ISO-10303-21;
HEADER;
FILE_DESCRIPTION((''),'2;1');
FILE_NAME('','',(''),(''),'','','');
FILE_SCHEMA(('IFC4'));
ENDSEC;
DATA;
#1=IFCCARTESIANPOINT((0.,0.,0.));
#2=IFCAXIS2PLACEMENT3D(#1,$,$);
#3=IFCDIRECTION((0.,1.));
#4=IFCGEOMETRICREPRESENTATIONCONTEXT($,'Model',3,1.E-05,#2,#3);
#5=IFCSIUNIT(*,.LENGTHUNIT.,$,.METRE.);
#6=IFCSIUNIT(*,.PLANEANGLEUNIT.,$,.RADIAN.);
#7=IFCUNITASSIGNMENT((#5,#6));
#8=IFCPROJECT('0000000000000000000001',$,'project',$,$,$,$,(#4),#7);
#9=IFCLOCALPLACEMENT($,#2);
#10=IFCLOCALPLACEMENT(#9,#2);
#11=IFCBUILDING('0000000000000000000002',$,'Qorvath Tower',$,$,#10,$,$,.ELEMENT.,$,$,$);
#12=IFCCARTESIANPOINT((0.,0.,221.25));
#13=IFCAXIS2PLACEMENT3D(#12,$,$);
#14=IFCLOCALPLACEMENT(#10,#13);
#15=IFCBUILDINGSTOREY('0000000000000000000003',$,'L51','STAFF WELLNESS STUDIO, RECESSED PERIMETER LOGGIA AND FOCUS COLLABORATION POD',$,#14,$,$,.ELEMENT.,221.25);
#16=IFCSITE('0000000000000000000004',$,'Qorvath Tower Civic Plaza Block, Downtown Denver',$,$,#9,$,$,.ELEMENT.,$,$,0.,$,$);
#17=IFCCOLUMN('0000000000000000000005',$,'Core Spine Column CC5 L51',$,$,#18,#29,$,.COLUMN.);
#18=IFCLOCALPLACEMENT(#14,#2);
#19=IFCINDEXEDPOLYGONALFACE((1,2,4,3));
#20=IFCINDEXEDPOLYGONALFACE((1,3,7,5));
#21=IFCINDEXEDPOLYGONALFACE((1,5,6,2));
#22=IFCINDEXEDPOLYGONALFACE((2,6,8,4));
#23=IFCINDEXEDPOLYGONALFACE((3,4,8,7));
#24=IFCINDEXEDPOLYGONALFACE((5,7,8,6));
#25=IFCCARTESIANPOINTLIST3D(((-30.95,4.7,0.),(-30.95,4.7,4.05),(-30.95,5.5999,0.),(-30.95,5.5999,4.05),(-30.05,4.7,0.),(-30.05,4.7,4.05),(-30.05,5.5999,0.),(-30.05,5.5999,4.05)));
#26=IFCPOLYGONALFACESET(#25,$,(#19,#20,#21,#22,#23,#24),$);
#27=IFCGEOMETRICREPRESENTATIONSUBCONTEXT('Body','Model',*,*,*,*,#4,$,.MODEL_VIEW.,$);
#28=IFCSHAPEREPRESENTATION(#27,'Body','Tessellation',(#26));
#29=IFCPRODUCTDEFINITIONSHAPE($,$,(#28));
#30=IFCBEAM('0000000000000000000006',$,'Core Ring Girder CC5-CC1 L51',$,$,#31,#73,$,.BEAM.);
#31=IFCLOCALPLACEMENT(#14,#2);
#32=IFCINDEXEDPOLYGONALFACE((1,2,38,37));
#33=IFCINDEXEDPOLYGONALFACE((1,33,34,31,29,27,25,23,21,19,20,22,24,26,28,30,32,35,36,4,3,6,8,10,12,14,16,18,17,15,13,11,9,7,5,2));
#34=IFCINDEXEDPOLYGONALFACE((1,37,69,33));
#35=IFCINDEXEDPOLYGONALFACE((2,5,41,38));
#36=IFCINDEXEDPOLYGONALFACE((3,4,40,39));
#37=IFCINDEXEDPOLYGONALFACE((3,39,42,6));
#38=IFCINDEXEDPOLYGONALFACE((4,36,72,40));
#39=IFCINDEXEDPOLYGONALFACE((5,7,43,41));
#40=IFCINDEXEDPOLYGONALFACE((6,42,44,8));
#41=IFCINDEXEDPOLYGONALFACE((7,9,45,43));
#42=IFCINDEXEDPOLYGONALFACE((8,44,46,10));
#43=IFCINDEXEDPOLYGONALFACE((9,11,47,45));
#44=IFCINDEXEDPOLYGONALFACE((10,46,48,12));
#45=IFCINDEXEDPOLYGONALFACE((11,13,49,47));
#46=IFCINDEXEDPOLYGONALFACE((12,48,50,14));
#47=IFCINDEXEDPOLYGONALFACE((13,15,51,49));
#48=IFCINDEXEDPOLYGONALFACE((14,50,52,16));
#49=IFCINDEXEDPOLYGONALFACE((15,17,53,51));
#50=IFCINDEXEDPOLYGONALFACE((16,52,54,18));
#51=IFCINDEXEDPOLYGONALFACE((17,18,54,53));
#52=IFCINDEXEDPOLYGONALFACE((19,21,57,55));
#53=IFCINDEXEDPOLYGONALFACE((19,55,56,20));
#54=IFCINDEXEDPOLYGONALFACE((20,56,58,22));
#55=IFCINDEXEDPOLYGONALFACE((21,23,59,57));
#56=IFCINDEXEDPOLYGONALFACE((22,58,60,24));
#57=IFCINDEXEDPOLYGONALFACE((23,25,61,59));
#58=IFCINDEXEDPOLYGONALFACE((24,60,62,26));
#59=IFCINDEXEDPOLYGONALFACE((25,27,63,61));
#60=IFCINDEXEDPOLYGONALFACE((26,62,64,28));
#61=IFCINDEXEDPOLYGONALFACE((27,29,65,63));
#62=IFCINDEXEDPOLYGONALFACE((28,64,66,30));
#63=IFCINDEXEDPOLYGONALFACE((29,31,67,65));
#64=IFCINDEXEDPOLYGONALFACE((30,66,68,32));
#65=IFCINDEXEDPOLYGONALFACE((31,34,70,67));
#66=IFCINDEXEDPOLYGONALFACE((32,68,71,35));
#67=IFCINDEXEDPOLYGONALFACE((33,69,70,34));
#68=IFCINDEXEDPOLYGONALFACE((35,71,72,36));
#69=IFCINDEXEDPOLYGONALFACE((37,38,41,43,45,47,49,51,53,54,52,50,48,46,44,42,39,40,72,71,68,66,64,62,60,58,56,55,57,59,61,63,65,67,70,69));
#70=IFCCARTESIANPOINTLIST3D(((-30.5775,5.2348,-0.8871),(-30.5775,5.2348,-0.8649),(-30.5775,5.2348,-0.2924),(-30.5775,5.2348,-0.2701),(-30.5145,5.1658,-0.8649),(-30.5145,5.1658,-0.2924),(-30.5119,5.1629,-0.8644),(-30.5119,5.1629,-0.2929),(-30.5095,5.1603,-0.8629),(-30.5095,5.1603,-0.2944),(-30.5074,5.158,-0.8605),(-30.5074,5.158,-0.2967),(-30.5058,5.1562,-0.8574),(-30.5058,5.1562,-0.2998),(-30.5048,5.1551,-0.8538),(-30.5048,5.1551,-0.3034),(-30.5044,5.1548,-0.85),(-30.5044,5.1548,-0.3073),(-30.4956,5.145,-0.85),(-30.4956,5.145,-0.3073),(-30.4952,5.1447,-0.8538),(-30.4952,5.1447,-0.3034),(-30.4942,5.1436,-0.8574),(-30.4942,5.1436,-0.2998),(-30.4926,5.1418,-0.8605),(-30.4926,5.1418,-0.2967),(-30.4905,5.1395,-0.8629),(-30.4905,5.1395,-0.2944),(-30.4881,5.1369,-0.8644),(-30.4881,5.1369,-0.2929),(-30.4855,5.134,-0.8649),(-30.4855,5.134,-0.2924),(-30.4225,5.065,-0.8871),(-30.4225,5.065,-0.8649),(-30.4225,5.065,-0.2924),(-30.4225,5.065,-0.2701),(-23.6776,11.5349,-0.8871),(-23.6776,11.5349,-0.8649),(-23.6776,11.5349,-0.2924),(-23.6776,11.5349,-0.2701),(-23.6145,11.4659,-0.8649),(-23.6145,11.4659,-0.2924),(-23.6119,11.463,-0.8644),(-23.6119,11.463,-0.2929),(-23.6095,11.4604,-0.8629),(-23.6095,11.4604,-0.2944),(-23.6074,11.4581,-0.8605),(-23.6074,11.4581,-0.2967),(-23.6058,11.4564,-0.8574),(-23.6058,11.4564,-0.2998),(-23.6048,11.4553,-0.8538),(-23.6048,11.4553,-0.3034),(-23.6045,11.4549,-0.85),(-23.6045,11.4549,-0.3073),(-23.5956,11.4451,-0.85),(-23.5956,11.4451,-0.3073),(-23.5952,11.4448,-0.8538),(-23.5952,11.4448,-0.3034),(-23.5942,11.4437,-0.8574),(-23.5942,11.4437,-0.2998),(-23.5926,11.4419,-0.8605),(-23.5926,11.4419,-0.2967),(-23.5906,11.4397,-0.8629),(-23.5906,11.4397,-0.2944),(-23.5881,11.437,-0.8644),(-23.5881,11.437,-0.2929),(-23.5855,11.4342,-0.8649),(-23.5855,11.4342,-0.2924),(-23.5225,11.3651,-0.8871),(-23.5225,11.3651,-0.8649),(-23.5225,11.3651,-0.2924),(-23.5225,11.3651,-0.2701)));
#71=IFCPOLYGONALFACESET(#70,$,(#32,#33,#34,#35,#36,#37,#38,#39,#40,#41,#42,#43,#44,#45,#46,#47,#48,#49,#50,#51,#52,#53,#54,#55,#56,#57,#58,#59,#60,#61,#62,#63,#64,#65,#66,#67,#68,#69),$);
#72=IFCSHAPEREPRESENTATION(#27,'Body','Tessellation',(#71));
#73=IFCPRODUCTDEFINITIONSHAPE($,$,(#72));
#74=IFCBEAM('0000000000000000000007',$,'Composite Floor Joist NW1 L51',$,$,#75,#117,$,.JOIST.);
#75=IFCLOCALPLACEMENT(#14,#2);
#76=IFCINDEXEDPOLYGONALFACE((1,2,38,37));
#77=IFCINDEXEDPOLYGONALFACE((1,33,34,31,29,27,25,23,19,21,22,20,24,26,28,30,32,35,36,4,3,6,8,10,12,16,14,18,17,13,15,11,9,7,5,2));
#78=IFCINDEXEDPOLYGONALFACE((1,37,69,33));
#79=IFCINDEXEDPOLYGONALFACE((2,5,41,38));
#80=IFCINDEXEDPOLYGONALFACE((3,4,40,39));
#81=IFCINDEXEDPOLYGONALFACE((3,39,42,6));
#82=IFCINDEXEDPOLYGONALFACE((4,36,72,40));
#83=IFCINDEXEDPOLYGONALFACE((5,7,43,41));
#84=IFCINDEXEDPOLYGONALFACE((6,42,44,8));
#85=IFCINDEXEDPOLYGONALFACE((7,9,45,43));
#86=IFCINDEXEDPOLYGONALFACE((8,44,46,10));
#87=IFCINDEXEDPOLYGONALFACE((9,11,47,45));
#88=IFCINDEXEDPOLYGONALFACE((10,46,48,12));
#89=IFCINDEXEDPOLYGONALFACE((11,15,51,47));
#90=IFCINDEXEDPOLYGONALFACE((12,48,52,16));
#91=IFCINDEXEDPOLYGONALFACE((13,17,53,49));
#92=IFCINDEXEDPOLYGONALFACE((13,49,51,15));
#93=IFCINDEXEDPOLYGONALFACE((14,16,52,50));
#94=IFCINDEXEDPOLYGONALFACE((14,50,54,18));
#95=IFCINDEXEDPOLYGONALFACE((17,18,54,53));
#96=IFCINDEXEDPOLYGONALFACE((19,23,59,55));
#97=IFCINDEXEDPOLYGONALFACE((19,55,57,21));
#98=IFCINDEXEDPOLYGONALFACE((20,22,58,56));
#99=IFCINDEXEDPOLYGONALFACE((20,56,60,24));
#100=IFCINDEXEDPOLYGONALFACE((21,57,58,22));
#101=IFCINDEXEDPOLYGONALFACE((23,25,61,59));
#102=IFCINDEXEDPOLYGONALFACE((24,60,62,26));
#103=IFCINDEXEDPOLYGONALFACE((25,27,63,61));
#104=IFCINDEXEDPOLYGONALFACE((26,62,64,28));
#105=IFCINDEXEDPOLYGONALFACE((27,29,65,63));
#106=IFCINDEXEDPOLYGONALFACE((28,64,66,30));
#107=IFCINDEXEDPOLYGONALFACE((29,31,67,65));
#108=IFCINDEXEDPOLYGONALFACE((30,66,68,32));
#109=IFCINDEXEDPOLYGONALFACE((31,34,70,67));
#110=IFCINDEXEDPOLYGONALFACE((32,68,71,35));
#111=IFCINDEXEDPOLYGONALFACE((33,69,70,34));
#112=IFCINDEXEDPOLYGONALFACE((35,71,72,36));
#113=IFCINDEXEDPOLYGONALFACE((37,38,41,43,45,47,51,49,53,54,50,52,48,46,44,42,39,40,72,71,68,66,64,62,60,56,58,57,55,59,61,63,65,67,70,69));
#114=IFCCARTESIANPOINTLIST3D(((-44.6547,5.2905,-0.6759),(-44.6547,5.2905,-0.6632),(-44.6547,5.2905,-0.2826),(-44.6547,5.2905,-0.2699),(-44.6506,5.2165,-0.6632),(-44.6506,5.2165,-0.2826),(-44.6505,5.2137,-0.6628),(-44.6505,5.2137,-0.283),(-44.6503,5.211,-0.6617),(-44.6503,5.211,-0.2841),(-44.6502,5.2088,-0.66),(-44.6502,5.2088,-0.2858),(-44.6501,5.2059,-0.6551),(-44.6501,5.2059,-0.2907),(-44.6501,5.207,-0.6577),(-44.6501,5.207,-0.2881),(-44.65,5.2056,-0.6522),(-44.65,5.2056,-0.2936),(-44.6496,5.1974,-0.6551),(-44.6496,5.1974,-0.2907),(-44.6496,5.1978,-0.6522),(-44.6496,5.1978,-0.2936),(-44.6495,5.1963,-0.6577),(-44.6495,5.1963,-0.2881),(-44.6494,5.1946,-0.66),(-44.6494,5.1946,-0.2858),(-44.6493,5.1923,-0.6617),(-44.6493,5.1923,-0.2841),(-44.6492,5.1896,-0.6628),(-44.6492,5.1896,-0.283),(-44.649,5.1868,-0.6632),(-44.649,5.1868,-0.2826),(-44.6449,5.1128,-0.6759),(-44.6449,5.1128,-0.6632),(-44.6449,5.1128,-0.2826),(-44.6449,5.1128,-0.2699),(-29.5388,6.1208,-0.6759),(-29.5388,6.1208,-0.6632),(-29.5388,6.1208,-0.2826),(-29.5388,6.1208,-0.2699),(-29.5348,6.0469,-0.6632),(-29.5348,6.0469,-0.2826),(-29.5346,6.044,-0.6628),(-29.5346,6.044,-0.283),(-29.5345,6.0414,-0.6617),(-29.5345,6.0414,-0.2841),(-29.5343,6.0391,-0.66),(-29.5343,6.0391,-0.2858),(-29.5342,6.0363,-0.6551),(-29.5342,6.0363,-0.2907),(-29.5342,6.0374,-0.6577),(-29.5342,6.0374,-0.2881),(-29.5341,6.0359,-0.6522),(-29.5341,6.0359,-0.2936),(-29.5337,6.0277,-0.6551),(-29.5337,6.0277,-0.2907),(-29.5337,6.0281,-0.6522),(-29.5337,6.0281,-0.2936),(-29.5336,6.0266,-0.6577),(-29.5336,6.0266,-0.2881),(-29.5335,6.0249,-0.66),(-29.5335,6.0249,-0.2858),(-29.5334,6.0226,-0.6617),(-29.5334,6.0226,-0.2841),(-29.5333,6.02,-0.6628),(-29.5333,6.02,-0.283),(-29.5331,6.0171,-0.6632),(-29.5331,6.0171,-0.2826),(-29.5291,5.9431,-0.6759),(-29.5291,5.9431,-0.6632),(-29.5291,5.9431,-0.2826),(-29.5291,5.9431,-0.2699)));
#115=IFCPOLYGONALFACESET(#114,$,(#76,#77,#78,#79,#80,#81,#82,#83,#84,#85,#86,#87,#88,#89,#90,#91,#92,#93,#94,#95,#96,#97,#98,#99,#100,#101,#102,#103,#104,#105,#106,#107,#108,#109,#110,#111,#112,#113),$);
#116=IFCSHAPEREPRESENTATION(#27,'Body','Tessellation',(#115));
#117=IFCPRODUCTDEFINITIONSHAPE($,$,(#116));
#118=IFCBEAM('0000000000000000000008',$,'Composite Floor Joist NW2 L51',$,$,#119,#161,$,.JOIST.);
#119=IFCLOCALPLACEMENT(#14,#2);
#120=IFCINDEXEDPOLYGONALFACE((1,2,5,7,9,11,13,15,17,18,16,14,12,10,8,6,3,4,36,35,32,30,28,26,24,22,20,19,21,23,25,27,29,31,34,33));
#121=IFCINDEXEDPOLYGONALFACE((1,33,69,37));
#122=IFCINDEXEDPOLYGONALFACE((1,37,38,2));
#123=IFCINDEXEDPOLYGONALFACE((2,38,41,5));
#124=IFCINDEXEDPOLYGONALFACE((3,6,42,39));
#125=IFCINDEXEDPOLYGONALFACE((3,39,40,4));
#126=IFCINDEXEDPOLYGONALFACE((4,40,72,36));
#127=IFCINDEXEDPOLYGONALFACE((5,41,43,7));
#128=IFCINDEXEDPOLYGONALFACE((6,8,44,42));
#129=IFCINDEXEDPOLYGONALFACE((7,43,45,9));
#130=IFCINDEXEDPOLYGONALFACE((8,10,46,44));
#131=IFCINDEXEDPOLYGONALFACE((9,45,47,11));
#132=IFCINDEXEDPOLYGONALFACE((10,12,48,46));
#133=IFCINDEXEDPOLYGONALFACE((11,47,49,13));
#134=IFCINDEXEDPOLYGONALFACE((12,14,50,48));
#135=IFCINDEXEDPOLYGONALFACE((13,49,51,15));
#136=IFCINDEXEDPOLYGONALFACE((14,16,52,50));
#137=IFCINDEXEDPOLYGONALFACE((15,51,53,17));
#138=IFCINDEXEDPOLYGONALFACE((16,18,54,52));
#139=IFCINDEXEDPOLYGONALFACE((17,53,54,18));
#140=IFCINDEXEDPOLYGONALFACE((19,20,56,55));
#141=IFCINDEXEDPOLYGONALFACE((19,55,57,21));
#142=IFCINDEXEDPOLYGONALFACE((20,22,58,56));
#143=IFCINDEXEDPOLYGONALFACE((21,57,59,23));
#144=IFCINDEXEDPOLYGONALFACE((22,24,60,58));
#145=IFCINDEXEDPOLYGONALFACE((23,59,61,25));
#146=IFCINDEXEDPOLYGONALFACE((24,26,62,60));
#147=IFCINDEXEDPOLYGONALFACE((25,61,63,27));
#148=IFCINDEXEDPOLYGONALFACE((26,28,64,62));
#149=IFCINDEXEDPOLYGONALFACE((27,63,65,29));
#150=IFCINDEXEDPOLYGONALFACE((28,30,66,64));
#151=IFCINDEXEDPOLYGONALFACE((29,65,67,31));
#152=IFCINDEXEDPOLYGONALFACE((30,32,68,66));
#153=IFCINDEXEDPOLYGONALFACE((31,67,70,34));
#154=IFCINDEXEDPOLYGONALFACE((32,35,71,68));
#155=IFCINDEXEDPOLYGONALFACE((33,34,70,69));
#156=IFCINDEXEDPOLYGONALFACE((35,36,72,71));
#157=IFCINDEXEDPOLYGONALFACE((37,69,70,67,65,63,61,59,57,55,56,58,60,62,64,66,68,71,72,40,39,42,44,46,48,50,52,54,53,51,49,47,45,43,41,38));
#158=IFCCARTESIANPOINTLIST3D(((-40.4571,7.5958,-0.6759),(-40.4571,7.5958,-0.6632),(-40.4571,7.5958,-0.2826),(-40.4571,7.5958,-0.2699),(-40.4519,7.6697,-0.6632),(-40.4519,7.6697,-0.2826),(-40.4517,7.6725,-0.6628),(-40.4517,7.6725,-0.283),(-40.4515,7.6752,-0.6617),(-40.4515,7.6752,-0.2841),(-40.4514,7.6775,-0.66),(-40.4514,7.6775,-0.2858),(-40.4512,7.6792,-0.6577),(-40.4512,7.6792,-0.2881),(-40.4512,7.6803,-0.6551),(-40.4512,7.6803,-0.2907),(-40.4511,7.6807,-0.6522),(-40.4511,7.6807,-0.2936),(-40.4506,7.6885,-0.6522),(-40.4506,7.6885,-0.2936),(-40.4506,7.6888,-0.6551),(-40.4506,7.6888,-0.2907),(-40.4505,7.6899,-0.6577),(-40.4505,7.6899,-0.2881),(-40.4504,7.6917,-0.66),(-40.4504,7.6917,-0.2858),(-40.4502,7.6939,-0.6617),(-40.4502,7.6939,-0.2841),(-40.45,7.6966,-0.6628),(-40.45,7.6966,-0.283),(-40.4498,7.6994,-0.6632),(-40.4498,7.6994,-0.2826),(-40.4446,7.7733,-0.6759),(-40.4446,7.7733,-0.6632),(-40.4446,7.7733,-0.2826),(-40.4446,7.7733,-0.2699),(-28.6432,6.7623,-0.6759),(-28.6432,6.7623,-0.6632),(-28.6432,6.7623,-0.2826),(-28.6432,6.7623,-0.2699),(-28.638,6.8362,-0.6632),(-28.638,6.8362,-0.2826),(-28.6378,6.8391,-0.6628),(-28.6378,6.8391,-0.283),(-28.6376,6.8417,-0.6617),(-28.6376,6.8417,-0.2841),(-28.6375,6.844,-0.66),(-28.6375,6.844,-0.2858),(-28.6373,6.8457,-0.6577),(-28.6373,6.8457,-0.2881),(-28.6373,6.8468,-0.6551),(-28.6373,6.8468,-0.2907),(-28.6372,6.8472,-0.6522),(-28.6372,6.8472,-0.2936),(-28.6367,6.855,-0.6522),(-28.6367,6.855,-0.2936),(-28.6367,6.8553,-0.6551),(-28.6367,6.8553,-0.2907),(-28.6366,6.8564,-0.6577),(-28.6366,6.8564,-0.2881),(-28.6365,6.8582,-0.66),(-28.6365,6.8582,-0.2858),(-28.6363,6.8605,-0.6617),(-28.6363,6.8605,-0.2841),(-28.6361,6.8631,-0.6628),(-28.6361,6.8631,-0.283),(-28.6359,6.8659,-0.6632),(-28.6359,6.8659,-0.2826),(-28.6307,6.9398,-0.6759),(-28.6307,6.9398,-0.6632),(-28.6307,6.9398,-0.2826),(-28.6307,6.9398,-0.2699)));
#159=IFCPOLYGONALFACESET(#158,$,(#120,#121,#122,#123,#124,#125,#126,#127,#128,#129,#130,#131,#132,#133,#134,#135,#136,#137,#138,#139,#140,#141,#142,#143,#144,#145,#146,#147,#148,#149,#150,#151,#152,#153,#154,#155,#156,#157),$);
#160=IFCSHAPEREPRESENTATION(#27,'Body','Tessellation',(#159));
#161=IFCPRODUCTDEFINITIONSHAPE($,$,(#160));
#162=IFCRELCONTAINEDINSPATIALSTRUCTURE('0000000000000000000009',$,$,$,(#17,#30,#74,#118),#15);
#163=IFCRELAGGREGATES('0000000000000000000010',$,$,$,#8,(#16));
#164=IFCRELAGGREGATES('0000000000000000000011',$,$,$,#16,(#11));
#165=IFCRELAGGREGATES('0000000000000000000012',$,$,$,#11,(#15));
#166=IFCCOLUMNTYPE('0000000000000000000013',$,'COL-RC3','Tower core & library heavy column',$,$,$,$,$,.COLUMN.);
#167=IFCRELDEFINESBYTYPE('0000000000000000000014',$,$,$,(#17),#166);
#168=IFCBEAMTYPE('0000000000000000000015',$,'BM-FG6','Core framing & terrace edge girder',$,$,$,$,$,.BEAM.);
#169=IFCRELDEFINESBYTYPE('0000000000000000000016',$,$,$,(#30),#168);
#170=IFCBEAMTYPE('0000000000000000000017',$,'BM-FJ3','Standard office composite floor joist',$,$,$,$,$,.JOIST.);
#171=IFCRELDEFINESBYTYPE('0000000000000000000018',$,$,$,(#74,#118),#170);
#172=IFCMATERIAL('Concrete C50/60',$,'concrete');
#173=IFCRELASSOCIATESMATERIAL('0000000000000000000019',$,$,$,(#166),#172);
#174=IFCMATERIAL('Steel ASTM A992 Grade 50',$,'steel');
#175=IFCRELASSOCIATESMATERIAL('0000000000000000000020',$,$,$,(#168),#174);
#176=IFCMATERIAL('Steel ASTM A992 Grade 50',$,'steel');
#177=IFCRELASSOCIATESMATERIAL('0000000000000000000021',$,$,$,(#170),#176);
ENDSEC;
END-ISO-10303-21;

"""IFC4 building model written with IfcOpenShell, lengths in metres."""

from ifc_helpers import new_model, si_unit, direction, frame, origin, origin_2d, place, context, subcontext, project, spatial, rectangle, i_section, extrude, material, material_profile, profile_set, type_object, element, save


model = new_model("IFC4")

# Units and contexts
model_context = context("Model", 3, precision=1e-05, world=origin(), true_north=direction((0.0, 1.0)))
body_context = subcontext(model_context, "Body", "Model", "MODEL_VIEW")
ifc_project = project(units=[si_unit("LENGTHUNIT", "METRE"), si_unit("PLANEANGLEUNIT", "RADIAN")], contexts=[model_context])

# Site, building, storey
site_placement = place(None, origin())
site = spatial("IfcSite", under=ifc_project, at=site_placement, Name="Qorvath Tower Civic Plaza Block, Downtown Denver", CompositionType="ELEMENT", RefElevation=0.0)
building_placement = place(site_placement, origin())
building = spatial("IfcBuilding", under=site, at=building_placement, Name="Qorvath Tower", CompositionType="ELEMENT")
storey_placement = place(building_placement, frame((0.0, 0.0, 221.25)))
storey = spatial("IfcBuildingStorey", under=building, at=storey_placement, Name="L51", Description="STAFF WELLNESS STUDIO, RECESSED PERIMETER LOGGIA AND FOCUS COLLABORATION POD", CompositionType="ELEMENT", Elevation=221.25)

# Column
ifc_material_1 = material(Name="Concrete C50/60", Category="concrete")
ifc_material_profile_1 = material_profile(ifc_material_1, rectangle(XDim=0.8999, YDim=0.8999, at=origin_2d()), Name="RC 900x900")
ifc_profile_set_1 = profile_set([ifc_material_profile_1], Name="Concrete C50/60")
column_type = type_object("IfcColumnType", Name="COL-RC3", Description="Tower core & library heavy column", PredefinedType="COLUMN", material=ifc_profile_set_1)
column_placement = place(storey_placement, frame((-30.5, 5.1499, 0.0), z_axis=(0.0, 0.0, 1.0), x_axis=(1.0, 0.0, 0.0)))
element("IfcColumn", 1, at=column_placement, inside=storey, type_object=column_type, Name="Core Spine Column CC5 L51", PredefinedType="COLUMN", context=body_context, shape_type="SweptSolid", body=[
    extrude(rectangle(XDim=0.8999, YDim=0.8999, at=origin_2d()), origin(), (0.0, 0.0, 1.0), 4.05),
])

# Beams
ifc_material_2 = material(Name="Steel ASTM A992 Grade 50", Category="steel")
ifc_material_profile_2 = material_profile(ifc_material_2, i_section(OverallWidth=0.23, OverallDepth=0.6169, WebThickness=0.0132, FlangeThickness=0.0222, FilletRadius=0.0149, at=origin_2d()), Name="W24x94")
ifc_profile_set_2 = profile_set([ifc_material_profile_2], Name="Steel ASTM A992 Grade 50")
beam_type_1 = type_object("IfcBeamType", Name="BM-FG6", Description="Core framing & terrace edge girder", PredefinedType="BEAM", material=ifc_profile_set_2)
beam_1_placement = place(storey_placement, frame((-30.5, 5.1499, -0.5786), z_axis=(0.738478, 0.674277, 0.0), x_axis=(-0.674277, 0.738478, 0.0)))
element("IfcBeam", 2, at=beam_1_placement, inside=storey, type_object=beam_type_1, Name="Core Ring Girder CC5-CC1 L51", PredefinedType="BEAM", context=body_context, shape_type="SweptSolid", body=[
    extrude(i_section(OverallWidth=0.23, OverallDepth=0.6169, WebThickness=0.0132, FlangeThickness=0.0222, FilletRadius=0.0149, at=origin_2d()), origin(), (0.0, 0.0, 1.0), 9.3435),
])
ifc_material_3 = material(Name="Steel ASTM A992 Grade 50", Category="steel")
ifc_material_profile_3 = material_profile(ifc_material_3, i_section(OverallWidth=0.178, OverallDepth=0.406, WebThickness=0.0078, FlangeThickness=0.0127, FilletRadius=0.011, at=origin_2d()), Name="W16x40")
ifc_profile_set_3 = profile_set([ifc_material_profile_3], Name="Steel ASTM A992 Grade 50")
beam_type_2 = type_object("IfcBeamType", Name="BM-FJ3", Description="Standard office composite floor joist", PredefinedType="JOIST", material=ifc_profile_set_3)
beam_2_placement = place(storey_placement, frame((-29.5339, 6.032, -0.4729), z_axis=(-0.998495, -0.054847, 0.0), x_axis=(0.054847, -0.998495, 0.0)))
element("IfcBeam", 3, at=beam_2_placement, inside=storey, type_object=beam_type_2, Name="Composite Floor Joist NW1 L51", PredefinedType="JOIST", context=body_context, shape_type="SweptSolid", body=[
    extrude(i_section(OverallWidth=0.178, OverallDepth=0.406, WebThickness=0.0078, FlangeThickness=0.0127, FilletRadius=0.011, at=origin_2d()), origin(), (0.0, 0.0, 1.0), 15.1387),
])
beam_3_placement = place(storey_placement, frame((-28.637, 6.8511, -0.4729), z_axis=(-0.99752, 0.070377, 0.0), x_axis=(-0.070377, -0.99752, 0.0)))
element("IfcBeam", 4, at=beam_3_placement, inside=storey, type_object=beam_type_2, Name="Composite Floor Joist NW2 L51", PredefinedType="JOIST", context=body_context, shape_type="SweptSolid", body=[
    extrude(i_section(OverallWidth=0.178, OverallDepth=0.406, WebThickness=0.0078, FlangeThickness=0.0127, FilletRadius=0.011, at=origin_2d()), origin(), (0.0, 0.0, 1.0), 11.8433),
])

save(model, "model.ifc")
